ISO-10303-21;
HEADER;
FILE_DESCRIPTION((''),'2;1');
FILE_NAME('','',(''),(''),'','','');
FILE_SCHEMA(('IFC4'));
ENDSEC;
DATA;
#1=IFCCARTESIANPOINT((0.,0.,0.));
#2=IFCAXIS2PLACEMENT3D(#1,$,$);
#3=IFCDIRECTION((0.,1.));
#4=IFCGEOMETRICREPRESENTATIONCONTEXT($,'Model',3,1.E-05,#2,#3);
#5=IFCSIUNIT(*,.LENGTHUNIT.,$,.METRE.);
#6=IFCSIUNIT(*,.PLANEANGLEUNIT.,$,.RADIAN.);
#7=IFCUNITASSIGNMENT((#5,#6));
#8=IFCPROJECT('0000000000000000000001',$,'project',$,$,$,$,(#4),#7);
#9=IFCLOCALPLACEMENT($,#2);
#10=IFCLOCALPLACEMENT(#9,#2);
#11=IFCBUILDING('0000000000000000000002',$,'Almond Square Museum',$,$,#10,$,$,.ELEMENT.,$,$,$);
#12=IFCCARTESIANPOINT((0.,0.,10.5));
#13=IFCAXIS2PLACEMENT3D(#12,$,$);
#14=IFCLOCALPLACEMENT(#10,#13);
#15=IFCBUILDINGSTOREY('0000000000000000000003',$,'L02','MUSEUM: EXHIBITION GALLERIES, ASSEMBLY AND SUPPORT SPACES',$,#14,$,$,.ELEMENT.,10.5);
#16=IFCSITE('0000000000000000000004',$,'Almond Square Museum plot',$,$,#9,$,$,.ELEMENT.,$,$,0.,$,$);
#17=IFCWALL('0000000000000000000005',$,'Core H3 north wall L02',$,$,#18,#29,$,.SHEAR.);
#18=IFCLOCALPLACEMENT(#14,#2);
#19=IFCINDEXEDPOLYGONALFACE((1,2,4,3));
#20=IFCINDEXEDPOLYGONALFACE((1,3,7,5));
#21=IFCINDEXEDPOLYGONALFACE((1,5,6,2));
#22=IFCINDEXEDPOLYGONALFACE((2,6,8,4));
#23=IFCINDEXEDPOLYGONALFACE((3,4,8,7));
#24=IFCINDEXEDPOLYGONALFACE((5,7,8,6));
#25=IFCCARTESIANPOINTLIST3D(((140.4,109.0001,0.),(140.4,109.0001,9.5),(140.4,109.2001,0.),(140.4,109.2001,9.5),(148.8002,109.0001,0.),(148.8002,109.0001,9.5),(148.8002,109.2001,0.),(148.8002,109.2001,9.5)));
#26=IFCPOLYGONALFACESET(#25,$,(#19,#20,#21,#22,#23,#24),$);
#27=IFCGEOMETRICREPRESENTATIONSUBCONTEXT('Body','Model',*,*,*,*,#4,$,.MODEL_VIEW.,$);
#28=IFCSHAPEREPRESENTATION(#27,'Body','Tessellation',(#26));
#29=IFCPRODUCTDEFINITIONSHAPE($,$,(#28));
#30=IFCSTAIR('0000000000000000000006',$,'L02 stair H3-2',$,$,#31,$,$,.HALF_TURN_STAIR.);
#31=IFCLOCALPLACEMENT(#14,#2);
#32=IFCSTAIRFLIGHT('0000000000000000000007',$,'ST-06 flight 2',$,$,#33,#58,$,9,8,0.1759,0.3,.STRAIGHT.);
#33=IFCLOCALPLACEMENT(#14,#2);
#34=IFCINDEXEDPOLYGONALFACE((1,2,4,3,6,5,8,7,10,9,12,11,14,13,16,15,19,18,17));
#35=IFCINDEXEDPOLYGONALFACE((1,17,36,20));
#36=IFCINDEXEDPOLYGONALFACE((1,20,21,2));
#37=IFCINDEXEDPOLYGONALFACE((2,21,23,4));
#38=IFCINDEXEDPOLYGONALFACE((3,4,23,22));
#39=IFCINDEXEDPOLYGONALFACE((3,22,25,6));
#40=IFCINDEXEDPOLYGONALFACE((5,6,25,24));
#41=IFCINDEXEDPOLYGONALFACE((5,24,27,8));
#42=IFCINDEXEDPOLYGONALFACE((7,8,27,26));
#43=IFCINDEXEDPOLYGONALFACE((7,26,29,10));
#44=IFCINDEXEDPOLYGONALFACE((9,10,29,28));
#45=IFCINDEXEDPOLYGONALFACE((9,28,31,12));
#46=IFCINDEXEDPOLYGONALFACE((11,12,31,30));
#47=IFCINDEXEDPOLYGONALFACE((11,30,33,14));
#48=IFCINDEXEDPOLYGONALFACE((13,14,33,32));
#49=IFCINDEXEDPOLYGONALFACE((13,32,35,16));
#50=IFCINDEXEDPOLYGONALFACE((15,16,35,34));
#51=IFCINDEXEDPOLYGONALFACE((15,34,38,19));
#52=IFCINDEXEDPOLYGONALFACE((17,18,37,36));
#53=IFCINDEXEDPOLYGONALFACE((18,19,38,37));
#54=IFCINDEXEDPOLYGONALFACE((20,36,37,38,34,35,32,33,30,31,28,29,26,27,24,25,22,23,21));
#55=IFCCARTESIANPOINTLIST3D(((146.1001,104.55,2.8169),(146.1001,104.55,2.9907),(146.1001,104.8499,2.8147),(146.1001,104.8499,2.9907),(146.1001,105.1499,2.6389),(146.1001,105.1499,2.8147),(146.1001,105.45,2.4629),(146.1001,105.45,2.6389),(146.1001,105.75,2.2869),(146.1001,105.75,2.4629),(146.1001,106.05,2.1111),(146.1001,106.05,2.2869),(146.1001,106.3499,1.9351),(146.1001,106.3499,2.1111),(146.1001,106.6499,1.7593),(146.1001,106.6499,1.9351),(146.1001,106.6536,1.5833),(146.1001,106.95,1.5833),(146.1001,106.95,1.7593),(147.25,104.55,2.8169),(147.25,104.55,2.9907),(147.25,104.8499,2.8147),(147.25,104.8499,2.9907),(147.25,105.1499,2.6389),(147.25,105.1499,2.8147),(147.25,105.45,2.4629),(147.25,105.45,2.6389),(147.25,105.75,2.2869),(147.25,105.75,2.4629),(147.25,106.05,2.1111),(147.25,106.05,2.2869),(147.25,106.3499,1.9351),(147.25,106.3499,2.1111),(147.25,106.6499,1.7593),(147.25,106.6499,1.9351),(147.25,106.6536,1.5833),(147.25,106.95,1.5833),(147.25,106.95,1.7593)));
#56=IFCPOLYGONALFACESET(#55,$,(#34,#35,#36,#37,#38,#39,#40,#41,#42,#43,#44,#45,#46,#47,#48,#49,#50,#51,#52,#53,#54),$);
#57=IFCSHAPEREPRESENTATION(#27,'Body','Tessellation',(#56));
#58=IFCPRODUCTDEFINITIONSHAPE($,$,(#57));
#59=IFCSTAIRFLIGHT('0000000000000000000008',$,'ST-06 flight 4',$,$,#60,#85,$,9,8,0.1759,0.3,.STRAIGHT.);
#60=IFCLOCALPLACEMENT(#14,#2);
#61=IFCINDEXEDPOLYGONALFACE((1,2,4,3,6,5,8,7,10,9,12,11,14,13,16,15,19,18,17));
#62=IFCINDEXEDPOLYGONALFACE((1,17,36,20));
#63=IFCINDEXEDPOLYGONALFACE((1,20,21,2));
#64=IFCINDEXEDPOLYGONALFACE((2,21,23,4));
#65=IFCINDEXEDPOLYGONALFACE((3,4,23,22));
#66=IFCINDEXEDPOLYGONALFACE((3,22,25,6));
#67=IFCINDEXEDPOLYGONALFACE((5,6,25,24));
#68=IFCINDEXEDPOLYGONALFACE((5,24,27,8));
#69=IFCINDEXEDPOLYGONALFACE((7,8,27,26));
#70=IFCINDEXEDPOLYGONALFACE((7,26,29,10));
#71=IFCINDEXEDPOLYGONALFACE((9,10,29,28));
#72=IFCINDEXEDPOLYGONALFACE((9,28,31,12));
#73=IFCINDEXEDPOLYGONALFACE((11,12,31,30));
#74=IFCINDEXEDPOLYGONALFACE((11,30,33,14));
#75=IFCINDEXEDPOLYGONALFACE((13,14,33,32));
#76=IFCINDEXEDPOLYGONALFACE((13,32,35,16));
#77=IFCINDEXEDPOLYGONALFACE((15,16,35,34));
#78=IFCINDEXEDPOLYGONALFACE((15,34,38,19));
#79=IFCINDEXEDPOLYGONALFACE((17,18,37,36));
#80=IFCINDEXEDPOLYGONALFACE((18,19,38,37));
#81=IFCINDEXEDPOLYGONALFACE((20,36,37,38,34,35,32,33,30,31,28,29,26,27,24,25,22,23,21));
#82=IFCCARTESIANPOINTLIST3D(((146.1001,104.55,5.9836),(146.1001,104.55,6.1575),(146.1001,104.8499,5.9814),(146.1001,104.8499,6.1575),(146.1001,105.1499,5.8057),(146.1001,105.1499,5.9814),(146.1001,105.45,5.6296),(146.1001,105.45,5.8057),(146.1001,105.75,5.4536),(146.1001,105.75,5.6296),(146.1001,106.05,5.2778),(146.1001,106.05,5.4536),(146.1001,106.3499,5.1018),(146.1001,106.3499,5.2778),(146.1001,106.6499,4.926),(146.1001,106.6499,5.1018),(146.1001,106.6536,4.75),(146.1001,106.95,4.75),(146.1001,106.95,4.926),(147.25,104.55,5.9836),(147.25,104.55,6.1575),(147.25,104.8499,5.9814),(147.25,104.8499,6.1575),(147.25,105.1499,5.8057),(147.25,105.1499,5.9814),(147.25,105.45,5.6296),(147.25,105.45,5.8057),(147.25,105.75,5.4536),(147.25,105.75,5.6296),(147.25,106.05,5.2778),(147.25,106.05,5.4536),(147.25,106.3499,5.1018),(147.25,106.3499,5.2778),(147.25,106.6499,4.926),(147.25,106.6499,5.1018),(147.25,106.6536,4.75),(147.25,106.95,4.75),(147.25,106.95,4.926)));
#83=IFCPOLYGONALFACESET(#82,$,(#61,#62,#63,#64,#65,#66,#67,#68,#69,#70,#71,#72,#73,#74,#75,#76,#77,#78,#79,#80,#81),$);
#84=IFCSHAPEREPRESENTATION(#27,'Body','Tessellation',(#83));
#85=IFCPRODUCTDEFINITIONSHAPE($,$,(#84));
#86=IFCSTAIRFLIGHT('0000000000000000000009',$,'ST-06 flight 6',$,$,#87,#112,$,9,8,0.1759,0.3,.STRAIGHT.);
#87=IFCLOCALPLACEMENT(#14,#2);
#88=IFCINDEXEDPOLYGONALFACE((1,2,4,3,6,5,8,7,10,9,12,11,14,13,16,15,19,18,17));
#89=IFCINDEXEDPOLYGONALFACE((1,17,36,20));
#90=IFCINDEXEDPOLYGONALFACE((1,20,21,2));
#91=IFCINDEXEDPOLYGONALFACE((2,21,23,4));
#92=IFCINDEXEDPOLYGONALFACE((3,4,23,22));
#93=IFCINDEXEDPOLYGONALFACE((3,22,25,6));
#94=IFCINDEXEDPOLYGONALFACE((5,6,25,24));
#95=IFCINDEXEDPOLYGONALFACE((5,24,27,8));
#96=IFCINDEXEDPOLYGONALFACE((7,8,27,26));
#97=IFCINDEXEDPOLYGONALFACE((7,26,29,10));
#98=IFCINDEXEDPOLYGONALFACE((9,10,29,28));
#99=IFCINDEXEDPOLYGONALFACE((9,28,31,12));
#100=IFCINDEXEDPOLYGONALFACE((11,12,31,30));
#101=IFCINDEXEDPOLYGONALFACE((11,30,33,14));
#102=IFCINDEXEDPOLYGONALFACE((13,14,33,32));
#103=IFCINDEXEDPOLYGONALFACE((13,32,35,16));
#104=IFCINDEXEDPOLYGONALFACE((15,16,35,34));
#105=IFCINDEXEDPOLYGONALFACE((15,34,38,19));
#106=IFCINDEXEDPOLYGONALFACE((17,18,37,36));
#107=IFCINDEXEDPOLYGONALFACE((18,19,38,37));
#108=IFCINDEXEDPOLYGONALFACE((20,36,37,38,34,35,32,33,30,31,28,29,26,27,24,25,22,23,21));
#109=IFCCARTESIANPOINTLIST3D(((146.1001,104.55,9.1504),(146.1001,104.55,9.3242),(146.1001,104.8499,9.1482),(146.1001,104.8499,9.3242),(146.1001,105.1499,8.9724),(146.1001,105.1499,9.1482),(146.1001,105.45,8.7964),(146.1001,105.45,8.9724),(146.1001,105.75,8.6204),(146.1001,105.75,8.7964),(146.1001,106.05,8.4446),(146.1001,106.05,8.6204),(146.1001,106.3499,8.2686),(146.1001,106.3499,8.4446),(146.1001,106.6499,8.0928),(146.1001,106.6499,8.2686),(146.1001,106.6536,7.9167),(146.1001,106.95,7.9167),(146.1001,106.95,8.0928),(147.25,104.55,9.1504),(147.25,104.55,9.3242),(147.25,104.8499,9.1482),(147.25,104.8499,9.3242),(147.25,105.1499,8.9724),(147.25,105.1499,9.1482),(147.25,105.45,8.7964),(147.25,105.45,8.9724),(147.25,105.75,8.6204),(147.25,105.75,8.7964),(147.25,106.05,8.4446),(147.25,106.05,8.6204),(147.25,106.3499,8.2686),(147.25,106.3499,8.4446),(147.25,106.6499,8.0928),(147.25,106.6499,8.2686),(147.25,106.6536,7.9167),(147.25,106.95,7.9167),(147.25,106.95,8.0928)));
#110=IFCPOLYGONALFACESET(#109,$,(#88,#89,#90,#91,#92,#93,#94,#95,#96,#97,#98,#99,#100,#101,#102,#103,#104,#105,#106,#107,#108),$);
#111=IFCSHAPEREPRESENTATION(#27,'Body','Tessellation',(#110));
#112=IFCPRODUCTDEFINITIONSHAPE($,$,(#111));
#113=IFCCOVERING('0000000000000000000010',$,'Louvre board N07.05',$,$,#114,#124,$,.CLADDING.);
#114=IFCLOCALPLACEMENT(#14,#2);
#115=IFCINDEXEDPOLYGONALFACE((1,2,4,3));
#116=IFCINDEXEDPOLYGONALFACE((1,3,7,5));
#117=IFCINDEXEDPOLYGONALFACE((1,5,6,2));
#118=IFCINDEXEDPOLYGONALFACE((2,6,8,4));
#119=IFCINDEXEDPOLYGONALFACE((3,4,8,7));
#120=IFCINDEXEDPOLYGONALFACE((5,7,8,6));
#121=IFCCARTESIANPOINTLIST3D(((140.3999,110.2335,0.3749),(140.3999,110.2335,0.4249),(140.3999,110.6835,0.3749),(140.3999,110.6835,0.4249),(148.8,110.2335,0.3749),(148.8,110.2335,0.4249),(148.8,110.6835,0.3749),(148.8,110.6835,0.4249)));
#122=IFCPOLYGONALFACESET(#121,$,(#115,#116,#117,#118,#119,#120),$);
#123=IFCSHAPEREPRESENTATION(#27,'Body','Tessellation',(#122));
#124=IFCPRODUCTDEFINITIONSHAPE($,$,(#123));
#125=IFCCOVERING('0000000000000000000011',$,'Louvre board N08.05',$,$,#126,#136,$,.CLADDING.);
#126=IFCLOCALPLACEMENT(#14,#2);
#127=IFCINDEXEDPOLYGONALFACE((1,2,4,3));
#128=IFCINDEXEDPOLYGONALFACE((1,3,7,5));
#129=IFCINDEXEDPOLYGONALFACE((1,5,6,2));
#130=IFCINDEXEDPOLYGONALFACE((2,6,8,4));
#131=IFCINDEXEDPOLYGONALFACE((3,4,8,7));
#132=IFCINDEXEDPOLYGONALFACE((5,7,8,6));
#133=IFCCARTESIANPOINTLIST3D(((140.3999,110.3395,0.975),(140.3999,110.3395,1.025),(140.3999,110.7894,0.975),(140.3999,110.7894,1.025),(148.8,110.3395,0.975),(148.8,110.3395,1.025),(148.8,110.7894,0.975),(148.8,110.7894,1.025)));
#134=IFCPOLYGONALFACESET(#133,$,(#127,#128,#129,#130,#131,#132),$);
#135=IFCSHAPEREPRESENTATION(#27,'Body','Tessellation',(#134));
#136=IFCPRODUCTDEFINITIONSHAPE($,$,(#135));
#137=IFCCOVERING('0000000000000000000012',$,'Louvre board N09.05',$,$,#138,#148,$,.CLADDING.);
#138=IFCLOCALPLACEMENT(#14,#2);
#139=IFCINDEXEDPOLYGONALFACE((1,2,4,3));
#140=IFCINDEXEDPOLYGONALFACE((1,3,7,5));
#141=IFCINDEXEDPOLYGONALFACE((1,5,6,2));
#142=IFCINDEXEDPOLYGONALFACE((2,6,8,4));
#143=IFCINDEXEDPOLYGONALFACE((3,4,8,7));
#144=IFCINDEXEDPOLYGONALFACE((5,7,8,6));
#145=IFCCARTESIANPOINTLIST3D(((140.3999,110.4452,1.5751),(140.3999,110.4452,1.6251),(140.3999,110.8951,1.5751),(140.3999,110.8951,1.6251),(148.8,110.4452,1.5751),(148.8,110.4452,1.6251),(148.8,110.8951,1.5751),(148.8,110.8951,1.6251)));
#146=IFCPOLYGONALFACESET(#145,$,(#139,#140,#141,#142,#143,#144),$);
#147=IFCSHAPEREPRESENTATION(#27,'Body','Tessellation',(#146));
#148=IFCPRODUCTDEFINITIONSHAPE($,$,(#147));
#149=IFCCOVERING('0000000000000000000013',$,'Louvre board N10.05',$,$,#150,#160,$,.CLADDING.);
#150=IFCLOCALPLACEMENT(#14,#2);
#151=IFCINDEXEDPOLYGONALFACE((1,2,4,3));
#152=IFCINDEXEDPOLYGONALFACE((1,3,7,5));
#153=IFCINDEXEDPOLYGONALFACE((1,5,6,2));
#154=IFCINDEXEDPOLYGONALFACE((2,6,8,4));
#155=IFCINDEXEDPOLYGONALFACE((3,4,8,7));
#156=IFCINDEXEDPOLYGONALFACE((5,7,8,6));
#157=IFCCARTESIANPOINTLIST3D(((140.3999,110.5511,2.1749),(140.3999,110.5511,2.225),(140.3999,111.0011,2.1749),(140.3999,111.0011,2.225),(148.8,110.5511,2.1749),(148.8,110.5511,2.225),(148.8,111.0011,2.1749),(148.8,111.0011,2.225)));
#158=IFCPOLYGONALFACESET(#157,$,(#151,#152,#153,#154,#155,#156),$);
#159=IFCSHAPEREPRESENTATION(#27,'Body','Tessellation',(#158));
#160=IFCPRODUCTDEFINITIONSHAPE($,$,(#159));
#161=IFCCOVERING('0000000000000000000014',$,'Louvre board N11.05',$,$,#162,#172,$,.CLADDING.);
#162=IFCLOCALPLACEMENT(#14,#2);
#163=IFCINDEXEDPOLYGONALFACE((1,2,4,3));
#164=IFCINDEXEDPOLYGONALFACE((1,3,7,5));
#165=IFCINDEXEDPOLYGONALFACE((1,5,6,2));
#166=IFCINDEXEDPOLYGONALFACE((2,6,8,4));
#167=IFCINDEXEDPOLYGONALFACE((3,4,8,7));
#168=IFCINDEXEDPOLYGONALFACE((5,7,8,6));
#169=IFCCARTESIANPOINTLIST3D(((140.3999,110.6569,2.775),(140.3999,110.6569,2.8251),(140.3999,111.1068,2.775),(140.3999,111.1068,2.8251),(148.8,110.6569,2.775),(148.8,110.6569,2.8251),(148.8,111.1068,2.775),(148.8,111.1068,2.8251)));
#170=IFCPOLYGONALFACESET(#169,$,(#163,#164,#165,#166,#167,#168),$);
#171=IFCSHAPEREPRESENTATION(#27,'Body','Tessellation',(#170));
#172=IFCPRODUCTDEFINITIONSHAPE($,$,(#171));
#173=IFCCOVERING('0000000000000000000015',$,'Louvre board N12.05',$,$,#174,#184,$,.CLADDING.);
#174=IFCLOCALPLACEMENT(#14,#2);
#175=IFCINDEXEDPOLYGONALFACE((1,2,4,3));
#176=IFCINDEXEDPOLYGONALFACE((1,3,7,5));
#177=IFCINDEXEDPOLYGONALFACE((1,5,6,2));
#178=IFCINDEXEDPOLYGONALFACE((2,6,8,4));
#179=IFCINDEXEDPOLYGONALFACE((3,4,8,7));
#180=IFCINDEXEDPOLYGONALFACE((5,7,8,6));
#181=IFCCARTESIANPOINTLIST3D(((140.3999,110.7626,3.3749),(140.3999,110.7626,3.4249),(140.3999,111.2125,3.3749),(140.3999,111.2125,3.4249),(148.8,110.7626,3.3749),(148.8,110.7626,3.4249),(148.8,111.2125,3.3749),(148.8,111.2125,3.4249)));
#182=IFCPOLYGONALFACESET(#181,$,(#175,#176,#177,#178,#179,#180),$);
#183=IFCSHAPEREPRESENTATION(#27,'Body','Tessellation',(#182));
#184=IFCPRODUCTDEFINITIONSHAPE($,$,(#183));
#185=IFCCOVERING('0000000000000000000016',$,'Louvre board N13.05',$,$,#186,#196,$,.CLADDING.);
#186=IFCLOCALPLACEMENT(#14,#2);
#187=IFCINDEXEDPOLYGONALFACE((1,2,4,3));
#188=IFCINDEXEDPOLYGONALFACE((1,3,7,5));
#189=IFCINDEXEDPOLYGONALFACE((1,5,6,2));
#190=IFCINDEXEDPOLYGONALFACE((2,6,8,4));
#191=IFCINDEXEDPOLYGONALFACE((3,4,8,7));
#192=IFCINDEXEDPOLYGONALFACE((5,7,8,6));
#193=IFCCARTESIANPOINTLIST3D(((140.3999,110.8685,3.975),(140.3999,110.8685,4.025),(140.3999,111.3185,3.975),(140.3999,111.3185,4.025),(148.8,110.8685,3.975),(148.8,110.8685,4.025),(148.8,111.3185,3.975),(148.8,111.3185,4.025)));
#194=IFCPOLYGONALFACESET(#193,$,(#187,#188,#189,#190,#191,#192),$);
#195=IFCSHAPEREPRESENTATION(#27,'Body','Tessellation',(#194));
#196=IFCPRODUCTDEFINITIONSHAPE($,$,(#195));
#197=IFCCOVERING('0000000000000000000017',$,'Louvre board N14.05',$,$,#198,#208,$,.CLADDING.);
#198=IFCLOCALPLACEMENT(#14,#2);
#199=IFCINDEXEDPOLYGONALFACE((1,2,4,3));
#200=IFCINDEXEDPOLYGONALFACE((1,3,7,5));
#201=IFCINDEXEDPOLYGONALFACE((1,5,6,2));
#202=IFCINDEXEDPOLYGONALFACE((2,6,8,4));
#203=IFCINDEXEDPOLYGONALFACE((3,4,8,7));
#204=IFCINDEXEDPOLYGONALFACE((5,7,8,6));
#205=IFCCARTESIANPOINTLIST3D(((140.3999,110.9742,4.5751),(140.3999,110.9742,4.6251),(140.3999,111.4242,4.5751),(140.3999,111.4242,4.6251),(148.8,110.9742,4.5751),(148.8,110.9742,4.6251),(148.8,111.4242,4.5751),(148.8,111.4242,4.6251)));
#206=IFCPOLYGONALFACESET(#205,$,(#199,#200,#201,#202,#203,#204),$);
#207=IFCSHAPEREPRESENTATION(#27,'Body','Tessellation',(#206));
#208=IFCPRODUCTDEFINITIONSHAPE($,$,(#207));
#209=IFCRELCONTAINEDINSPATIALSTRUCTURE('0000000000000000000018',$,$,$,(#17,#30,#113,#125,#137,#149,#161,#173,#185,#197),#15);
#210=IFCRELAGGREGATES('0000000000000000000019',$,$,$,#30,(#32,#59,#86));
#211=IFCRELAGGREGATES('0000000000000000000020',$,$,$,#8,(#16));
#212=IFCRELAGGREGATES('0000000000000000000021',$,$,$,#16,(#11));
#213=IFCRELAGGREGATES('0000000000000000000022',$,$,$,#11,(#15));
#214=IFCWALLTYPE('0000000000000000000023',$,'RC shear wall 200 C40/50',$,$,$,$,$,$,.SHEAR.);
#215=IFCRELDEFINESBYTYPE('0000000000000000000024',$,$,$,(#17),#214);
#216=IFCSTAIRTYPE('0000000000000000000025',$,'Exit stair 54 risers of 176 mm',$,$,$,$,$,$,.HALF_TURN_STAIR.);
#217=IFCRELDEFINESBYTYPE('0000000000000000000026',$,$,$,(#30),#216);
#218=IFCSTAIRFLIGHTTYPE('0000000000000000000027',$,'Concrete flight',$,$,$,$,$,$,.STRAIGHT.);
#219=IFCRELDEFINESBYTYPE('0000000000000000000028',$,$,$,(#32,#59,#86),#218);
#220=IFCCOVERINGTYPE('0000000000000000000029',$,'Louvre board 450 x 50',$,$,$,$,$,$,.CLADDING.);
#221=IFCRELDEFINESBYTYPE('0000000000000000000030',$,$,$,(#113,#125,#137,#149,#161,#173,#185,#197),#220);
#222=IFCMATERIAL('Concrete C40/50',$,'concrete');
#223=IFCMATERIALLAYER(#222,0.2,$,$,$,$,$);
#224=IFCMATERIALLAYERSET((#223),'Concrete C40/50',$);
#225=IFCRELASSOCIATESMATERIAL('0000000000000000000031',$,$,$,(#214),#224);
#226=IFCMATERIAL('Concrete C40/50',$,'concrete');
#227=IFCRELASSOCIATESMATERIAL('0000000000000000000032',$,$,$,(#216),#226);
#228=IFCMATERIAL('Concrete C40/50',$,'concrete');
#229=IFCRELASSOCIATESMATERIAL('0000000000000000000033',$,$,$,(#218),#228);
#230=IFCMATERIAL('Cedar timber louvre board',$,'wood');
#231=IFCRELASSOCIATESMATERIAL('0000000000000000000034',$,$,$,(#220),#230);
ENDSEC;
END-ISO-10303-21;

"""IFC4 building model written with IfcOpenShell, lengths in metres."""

from ifc_helpers import new_model, si_unit, direction, frame, frame_2d, origin, origin_2d, place, context, subcontext, project, spatial, polyline, rectangle, outline, extrude, material, layer, layer_set, material_profile, profile_set, type_object, element, aggregate, save


model = new_model("IFC4")

# Units and contexts
model_context = context("Model", 3, precision=1e-05, world=origin(), true_north=direction((0.0, 1.0)))
body_context = subcontext(model_context, "Body", "Model", "MODEL_VIEW")
ifc_project = project(units=[si_unit("LENGTHUNIT", "METRE"), si_unit("PLANEANGLEUNIT", "RADIAN")], contexts=[model_context])

# Site, building, storey
site_placement = place(None, origin())
site = spatial("IfcSite", under=ifc_project, at=site_placement, Name="Almond Square Museum plot", CompositionType="ELEMENT", RefElevation=0.0)
building_placement = place(site_placement, origin())
building = spatial("IfcBuilding", under=site, at=building_placement, Name="Almond Square Museum", CompositionType="ELEMENT")
storey_placement = place(building_placement, frame((0.0, 0.0, 10.5)))
storey = spatial("IfcBuildingStorey", under=building, at=storey_placement, Name="L02", Description="MUSEUM: EXHIBITION GALLERIES, ASSEMBLY AND SUPPORT SPACES", CompositionType="ELEMENT", Elevation=10.5)

# Wall
ifc_material_1 = material(Name="Concrete C40/50", Category="concrete")
ifc_layer_1 = layer(ifc_material_1, 0.2)
ifc_layer_set_1 = layer_set([ifc_layer_1], Name="Concrete C40/50")
wall_type = type_object("IfcWallType", Name="RC shear wall 200 C40/50", PredefinedType="SHEAR", material=ifc_layer_set_1)
wall_placement = place(storey_placement, frame((140.3999, 109.1001, 0.0), z_axis=(0.0, 0.0, 1.0), x_axis=(1.0, 0.0, 0.0)))
element("IfcWall", 1, at=wall_placement, inside=storey, type_object=wall_type, Name="Core H3 north wall L02", PredefinedType="SHEAR", context=body_context, shape_type="SweptSolid", body=[
    extrude(rectangle(XDim=8.4001, YDim=0.2, at=frame_2d((4.2002, 0.0))), origin(), (0.0, 0.0, 1.0), 9.5),
])

# Stair, stair flights
ifc_material_2 = material(Name="Concrete C40/50", Category="concrete")
stair_type = type_object("IfcStairType", Name="Exit stair 54 risers of 176 mm", PredefinedType="HALF_TURN_STAIR", material=ifc_material_2)
stair_placement = place(storey_placement, origin())
stair = element("IfcStair", 2, at=stair_placement, inside=storey, type_object=stair_type, Name="L02 stair H3-2", PredefinedType="HALF_TURN_STAIR")
ifc_material_3 = material(Name="Concrete C40/50", Category="concrete")
stair_flight_type = type_object("IfcStairFlightType", Name="Concrete flight", PredefinedType="STRAIGHT", material=ifc_material_3)
stair_flight_1_placement = place(storey_placement, frame((146.675, 106.95, 1.5833), z_axis=(0.0, 0.0, 1.0), x_axis=(0.0, -1.0, 0.0)))
stair_flight_1 = element("IfcStairFlight", 3, at=stair_flight_1_placement, type_object=stair_flight_type, Name="ST-06 flight 2", NumberOfRisers=9, NumberOfTreads=8, PredefinedType="STRAIGHT", RiserHeight=0.1759, TreadLength=0.3, context=body_context, shape_type="SweptSolid", body=[
    extrude(outline(polyline([(0.0, 0.0), (0.0, 0.176), (0.3, 0.176), (0.3, 0.3518), (0.6001, 0.3518), (0.6001, 0.5278), (0.8999, 0.5278), (0.8999, 0.7036), (1.2, 0.7036), (1.2, 0.8796), (1.5, 0.8796), (1.5, 1.0557), (1.8, 1.0557), (1.8, 1.2314), (2.1001, 1.2314), (2.1001, 1.4075), (2.3999, 1.4075), (2.3999, 1.5833), (2.3999, 1.2336), (0.2964, 0.0), (0.0, 0.0)])), frame((0.0, 0.575, 0.0), z_axis=(0.0, -1.0, 0.0), x_axis=(1.0, 0.0, 0.0)), (0.0, 0.0, 1.0), 1.1499),
])
stair_flight_2_placement = place(storey_placement, frame((146.675, 106.95, 4.75), z_axis=(0.0, 0.0, 1.0), x_axis=(0.0, -1.0, 0.0)))
stair_flight_2 = element("IfcStairFlight", 4, at=stair_flight_2_placement, type_object=stair_flight_type, Name="ST-06 flight 4", NumberOfRisers=9, NumberOfTreads=8, PredefinedType="STRAIGHT", RiserHeight=0.1759, TreadLength=0.3, context=body_context, shape_type="SweptSolid", body=[
    extrude(outline(polyline([(0.0, 0.0), (0.0, 0.176), (0.3, 0.176), (0.3, 0.3518), (0.6001, 0.3518), (0.6001, 0.5278), (0.8999, 0.5278), (0.8999, 0.7036), (1.2, 0.7036), (1.2, 0.8796), (1.5, 0.8796), (1.5, 1.0557), (1.8, 1.0557), (1.8, 1.2314), (2.1001, 1.2314), (2.1001, 1.4075), (2.3999, 1.4075), (2.3999, 1.5833), (2.3999, 1.2336), (0.2964, 0.0), (0.0, 0.0)])), frame((0.0, 0.575, 0.0), z_axis=(0.0, -1.0, 0.0), x_axis=(1.0, 0.0, 0.0)), (0.0, 0.0, 1.0), 1.1499),
])
stair_flight_3_placement = place(storey_placement, frame((146.675, 106.95, 7.9167), z_axis=(0.0, 0.0, 1.0), x_axis=(0.0, -1.0, 0.0)))
stair_flight_3 = element("IfcStairFlight", 5, at=stair_flight_3_placement, type_object=stair_flight_type, Name="ST-06 flight 6", NumberOfRisers=9, NumberOfTreads=8, PredefinedType="STRAIGHT", RiserHeight=0.1759, TreadLength=0.3, context=body_context, shape_type="SweptSolid", body=[
    extrude(outline(polyline([(0.0, 0.0), (0.0, 0.176), (0.3, 0.176), (0.3, 0.3518), (0.6001, 0.3518), (0.6001, 0.5278), (0.8999, 0.5278), (0.8999, 0.7036), (1.2, 0.7036), (1.2, 0.8796), (1.5, 0.8796), (1.5, 1.0557), (1.8, 1.0557), (1.8, 1.2314), (2.1001, 1.2314), (2.1001, 1.4075), (2.3999, 1.4075), (2.3999, 1.5833), (2.3999, 1.2336), (0.2964, 0.0), (0.0, 0.0)])), frame((0.0, 0.575, 0.0), z_axis=(0.0, -1.0, 0.0), x_axis=(1.0, 0.0, 0.0)), (0.0, 0.0, 1.0), 1.1499),
])
aggregate(stair, [stair_flight_1, stair_flight_2, stair_flight_3])

# Coverings
ifc_material_4 = material(Name="Cedar timber louvre board", Category="wood")
ifc_material_profile = material_profile(ifc_material_4, rectangle(XDim=0.45, YDim=0.05, at=origin_2d()))
ifc_profile_set = profile_set([ifc_material_profile], Name="Cedar timber louvre board")
covering_type_1 = type_object("IfcCoveringType", Name="Louvre board 450 x 50", PredefinedType="CLADDING", material=ifc_profile_set)
for number, where, z_axis, x_axis, name in (
    (6, (140.3999, 110.4585, 0.3999), (1.0, 0.0, 0.0), (0.0, 1.0, 0.0), "Louvre board N07.05"),
    (7, (140.3999, 110.5645, 1.0), (1.0, 0.0, 0.0), (0.0, 1.0, 0.0), "Louvre board N08.05"),
    (8, (140.3999, 110.6702, 1.6001), (1.0, 0.0, 0.0), (0.0, 1.0, 0.0), "Louvre board N09.05"),
    (9, (140.3999, 110.7761, 2.2), (1.0, 0.0, 0.0), (0.0, 1.0, 0.0), "Louvre board N10.05"),
    (10, (140.3999, 110.8818, 2.8), (1.0, 0.0, 0.0), (0.0, 1.0, 0.0), "Louvre board N11.05"),
    (11, (140.3999, 110.9875, 3.3999), (1.0, 0.0, 0.0), (0.0, 1.0, 0.0), "Louvre board N12.05"),
    (12, (140.3999, 111.0935, 4.0), (1.0, 0.0, 0.0), (0.0, 1.0, 0.0), "Louvre board N13.05"),
    (13, (140.3999, 111.1992, 4.6001), (1.0, 0.0, 0.0), (0.0, 1.0, 0.0), "Louvre board N14.05"),
):
    element("IfcCovering", number, at=place(storey_placement, frame(where, z_axis=z_axis, x_axis=x_axis)), inside=storey, type_object=covering_type_1, Name=name, PredefinedType="CLADDING", context=body_context, shape_type="SweptSolid", body=[
        extrude(rectangle(XDim=0.45, YDim=0.05, at=origin_2d()), origin(), (0.0, 0.0, 1.0), 8.4001),
    ])

save(model, "model.ifc")
